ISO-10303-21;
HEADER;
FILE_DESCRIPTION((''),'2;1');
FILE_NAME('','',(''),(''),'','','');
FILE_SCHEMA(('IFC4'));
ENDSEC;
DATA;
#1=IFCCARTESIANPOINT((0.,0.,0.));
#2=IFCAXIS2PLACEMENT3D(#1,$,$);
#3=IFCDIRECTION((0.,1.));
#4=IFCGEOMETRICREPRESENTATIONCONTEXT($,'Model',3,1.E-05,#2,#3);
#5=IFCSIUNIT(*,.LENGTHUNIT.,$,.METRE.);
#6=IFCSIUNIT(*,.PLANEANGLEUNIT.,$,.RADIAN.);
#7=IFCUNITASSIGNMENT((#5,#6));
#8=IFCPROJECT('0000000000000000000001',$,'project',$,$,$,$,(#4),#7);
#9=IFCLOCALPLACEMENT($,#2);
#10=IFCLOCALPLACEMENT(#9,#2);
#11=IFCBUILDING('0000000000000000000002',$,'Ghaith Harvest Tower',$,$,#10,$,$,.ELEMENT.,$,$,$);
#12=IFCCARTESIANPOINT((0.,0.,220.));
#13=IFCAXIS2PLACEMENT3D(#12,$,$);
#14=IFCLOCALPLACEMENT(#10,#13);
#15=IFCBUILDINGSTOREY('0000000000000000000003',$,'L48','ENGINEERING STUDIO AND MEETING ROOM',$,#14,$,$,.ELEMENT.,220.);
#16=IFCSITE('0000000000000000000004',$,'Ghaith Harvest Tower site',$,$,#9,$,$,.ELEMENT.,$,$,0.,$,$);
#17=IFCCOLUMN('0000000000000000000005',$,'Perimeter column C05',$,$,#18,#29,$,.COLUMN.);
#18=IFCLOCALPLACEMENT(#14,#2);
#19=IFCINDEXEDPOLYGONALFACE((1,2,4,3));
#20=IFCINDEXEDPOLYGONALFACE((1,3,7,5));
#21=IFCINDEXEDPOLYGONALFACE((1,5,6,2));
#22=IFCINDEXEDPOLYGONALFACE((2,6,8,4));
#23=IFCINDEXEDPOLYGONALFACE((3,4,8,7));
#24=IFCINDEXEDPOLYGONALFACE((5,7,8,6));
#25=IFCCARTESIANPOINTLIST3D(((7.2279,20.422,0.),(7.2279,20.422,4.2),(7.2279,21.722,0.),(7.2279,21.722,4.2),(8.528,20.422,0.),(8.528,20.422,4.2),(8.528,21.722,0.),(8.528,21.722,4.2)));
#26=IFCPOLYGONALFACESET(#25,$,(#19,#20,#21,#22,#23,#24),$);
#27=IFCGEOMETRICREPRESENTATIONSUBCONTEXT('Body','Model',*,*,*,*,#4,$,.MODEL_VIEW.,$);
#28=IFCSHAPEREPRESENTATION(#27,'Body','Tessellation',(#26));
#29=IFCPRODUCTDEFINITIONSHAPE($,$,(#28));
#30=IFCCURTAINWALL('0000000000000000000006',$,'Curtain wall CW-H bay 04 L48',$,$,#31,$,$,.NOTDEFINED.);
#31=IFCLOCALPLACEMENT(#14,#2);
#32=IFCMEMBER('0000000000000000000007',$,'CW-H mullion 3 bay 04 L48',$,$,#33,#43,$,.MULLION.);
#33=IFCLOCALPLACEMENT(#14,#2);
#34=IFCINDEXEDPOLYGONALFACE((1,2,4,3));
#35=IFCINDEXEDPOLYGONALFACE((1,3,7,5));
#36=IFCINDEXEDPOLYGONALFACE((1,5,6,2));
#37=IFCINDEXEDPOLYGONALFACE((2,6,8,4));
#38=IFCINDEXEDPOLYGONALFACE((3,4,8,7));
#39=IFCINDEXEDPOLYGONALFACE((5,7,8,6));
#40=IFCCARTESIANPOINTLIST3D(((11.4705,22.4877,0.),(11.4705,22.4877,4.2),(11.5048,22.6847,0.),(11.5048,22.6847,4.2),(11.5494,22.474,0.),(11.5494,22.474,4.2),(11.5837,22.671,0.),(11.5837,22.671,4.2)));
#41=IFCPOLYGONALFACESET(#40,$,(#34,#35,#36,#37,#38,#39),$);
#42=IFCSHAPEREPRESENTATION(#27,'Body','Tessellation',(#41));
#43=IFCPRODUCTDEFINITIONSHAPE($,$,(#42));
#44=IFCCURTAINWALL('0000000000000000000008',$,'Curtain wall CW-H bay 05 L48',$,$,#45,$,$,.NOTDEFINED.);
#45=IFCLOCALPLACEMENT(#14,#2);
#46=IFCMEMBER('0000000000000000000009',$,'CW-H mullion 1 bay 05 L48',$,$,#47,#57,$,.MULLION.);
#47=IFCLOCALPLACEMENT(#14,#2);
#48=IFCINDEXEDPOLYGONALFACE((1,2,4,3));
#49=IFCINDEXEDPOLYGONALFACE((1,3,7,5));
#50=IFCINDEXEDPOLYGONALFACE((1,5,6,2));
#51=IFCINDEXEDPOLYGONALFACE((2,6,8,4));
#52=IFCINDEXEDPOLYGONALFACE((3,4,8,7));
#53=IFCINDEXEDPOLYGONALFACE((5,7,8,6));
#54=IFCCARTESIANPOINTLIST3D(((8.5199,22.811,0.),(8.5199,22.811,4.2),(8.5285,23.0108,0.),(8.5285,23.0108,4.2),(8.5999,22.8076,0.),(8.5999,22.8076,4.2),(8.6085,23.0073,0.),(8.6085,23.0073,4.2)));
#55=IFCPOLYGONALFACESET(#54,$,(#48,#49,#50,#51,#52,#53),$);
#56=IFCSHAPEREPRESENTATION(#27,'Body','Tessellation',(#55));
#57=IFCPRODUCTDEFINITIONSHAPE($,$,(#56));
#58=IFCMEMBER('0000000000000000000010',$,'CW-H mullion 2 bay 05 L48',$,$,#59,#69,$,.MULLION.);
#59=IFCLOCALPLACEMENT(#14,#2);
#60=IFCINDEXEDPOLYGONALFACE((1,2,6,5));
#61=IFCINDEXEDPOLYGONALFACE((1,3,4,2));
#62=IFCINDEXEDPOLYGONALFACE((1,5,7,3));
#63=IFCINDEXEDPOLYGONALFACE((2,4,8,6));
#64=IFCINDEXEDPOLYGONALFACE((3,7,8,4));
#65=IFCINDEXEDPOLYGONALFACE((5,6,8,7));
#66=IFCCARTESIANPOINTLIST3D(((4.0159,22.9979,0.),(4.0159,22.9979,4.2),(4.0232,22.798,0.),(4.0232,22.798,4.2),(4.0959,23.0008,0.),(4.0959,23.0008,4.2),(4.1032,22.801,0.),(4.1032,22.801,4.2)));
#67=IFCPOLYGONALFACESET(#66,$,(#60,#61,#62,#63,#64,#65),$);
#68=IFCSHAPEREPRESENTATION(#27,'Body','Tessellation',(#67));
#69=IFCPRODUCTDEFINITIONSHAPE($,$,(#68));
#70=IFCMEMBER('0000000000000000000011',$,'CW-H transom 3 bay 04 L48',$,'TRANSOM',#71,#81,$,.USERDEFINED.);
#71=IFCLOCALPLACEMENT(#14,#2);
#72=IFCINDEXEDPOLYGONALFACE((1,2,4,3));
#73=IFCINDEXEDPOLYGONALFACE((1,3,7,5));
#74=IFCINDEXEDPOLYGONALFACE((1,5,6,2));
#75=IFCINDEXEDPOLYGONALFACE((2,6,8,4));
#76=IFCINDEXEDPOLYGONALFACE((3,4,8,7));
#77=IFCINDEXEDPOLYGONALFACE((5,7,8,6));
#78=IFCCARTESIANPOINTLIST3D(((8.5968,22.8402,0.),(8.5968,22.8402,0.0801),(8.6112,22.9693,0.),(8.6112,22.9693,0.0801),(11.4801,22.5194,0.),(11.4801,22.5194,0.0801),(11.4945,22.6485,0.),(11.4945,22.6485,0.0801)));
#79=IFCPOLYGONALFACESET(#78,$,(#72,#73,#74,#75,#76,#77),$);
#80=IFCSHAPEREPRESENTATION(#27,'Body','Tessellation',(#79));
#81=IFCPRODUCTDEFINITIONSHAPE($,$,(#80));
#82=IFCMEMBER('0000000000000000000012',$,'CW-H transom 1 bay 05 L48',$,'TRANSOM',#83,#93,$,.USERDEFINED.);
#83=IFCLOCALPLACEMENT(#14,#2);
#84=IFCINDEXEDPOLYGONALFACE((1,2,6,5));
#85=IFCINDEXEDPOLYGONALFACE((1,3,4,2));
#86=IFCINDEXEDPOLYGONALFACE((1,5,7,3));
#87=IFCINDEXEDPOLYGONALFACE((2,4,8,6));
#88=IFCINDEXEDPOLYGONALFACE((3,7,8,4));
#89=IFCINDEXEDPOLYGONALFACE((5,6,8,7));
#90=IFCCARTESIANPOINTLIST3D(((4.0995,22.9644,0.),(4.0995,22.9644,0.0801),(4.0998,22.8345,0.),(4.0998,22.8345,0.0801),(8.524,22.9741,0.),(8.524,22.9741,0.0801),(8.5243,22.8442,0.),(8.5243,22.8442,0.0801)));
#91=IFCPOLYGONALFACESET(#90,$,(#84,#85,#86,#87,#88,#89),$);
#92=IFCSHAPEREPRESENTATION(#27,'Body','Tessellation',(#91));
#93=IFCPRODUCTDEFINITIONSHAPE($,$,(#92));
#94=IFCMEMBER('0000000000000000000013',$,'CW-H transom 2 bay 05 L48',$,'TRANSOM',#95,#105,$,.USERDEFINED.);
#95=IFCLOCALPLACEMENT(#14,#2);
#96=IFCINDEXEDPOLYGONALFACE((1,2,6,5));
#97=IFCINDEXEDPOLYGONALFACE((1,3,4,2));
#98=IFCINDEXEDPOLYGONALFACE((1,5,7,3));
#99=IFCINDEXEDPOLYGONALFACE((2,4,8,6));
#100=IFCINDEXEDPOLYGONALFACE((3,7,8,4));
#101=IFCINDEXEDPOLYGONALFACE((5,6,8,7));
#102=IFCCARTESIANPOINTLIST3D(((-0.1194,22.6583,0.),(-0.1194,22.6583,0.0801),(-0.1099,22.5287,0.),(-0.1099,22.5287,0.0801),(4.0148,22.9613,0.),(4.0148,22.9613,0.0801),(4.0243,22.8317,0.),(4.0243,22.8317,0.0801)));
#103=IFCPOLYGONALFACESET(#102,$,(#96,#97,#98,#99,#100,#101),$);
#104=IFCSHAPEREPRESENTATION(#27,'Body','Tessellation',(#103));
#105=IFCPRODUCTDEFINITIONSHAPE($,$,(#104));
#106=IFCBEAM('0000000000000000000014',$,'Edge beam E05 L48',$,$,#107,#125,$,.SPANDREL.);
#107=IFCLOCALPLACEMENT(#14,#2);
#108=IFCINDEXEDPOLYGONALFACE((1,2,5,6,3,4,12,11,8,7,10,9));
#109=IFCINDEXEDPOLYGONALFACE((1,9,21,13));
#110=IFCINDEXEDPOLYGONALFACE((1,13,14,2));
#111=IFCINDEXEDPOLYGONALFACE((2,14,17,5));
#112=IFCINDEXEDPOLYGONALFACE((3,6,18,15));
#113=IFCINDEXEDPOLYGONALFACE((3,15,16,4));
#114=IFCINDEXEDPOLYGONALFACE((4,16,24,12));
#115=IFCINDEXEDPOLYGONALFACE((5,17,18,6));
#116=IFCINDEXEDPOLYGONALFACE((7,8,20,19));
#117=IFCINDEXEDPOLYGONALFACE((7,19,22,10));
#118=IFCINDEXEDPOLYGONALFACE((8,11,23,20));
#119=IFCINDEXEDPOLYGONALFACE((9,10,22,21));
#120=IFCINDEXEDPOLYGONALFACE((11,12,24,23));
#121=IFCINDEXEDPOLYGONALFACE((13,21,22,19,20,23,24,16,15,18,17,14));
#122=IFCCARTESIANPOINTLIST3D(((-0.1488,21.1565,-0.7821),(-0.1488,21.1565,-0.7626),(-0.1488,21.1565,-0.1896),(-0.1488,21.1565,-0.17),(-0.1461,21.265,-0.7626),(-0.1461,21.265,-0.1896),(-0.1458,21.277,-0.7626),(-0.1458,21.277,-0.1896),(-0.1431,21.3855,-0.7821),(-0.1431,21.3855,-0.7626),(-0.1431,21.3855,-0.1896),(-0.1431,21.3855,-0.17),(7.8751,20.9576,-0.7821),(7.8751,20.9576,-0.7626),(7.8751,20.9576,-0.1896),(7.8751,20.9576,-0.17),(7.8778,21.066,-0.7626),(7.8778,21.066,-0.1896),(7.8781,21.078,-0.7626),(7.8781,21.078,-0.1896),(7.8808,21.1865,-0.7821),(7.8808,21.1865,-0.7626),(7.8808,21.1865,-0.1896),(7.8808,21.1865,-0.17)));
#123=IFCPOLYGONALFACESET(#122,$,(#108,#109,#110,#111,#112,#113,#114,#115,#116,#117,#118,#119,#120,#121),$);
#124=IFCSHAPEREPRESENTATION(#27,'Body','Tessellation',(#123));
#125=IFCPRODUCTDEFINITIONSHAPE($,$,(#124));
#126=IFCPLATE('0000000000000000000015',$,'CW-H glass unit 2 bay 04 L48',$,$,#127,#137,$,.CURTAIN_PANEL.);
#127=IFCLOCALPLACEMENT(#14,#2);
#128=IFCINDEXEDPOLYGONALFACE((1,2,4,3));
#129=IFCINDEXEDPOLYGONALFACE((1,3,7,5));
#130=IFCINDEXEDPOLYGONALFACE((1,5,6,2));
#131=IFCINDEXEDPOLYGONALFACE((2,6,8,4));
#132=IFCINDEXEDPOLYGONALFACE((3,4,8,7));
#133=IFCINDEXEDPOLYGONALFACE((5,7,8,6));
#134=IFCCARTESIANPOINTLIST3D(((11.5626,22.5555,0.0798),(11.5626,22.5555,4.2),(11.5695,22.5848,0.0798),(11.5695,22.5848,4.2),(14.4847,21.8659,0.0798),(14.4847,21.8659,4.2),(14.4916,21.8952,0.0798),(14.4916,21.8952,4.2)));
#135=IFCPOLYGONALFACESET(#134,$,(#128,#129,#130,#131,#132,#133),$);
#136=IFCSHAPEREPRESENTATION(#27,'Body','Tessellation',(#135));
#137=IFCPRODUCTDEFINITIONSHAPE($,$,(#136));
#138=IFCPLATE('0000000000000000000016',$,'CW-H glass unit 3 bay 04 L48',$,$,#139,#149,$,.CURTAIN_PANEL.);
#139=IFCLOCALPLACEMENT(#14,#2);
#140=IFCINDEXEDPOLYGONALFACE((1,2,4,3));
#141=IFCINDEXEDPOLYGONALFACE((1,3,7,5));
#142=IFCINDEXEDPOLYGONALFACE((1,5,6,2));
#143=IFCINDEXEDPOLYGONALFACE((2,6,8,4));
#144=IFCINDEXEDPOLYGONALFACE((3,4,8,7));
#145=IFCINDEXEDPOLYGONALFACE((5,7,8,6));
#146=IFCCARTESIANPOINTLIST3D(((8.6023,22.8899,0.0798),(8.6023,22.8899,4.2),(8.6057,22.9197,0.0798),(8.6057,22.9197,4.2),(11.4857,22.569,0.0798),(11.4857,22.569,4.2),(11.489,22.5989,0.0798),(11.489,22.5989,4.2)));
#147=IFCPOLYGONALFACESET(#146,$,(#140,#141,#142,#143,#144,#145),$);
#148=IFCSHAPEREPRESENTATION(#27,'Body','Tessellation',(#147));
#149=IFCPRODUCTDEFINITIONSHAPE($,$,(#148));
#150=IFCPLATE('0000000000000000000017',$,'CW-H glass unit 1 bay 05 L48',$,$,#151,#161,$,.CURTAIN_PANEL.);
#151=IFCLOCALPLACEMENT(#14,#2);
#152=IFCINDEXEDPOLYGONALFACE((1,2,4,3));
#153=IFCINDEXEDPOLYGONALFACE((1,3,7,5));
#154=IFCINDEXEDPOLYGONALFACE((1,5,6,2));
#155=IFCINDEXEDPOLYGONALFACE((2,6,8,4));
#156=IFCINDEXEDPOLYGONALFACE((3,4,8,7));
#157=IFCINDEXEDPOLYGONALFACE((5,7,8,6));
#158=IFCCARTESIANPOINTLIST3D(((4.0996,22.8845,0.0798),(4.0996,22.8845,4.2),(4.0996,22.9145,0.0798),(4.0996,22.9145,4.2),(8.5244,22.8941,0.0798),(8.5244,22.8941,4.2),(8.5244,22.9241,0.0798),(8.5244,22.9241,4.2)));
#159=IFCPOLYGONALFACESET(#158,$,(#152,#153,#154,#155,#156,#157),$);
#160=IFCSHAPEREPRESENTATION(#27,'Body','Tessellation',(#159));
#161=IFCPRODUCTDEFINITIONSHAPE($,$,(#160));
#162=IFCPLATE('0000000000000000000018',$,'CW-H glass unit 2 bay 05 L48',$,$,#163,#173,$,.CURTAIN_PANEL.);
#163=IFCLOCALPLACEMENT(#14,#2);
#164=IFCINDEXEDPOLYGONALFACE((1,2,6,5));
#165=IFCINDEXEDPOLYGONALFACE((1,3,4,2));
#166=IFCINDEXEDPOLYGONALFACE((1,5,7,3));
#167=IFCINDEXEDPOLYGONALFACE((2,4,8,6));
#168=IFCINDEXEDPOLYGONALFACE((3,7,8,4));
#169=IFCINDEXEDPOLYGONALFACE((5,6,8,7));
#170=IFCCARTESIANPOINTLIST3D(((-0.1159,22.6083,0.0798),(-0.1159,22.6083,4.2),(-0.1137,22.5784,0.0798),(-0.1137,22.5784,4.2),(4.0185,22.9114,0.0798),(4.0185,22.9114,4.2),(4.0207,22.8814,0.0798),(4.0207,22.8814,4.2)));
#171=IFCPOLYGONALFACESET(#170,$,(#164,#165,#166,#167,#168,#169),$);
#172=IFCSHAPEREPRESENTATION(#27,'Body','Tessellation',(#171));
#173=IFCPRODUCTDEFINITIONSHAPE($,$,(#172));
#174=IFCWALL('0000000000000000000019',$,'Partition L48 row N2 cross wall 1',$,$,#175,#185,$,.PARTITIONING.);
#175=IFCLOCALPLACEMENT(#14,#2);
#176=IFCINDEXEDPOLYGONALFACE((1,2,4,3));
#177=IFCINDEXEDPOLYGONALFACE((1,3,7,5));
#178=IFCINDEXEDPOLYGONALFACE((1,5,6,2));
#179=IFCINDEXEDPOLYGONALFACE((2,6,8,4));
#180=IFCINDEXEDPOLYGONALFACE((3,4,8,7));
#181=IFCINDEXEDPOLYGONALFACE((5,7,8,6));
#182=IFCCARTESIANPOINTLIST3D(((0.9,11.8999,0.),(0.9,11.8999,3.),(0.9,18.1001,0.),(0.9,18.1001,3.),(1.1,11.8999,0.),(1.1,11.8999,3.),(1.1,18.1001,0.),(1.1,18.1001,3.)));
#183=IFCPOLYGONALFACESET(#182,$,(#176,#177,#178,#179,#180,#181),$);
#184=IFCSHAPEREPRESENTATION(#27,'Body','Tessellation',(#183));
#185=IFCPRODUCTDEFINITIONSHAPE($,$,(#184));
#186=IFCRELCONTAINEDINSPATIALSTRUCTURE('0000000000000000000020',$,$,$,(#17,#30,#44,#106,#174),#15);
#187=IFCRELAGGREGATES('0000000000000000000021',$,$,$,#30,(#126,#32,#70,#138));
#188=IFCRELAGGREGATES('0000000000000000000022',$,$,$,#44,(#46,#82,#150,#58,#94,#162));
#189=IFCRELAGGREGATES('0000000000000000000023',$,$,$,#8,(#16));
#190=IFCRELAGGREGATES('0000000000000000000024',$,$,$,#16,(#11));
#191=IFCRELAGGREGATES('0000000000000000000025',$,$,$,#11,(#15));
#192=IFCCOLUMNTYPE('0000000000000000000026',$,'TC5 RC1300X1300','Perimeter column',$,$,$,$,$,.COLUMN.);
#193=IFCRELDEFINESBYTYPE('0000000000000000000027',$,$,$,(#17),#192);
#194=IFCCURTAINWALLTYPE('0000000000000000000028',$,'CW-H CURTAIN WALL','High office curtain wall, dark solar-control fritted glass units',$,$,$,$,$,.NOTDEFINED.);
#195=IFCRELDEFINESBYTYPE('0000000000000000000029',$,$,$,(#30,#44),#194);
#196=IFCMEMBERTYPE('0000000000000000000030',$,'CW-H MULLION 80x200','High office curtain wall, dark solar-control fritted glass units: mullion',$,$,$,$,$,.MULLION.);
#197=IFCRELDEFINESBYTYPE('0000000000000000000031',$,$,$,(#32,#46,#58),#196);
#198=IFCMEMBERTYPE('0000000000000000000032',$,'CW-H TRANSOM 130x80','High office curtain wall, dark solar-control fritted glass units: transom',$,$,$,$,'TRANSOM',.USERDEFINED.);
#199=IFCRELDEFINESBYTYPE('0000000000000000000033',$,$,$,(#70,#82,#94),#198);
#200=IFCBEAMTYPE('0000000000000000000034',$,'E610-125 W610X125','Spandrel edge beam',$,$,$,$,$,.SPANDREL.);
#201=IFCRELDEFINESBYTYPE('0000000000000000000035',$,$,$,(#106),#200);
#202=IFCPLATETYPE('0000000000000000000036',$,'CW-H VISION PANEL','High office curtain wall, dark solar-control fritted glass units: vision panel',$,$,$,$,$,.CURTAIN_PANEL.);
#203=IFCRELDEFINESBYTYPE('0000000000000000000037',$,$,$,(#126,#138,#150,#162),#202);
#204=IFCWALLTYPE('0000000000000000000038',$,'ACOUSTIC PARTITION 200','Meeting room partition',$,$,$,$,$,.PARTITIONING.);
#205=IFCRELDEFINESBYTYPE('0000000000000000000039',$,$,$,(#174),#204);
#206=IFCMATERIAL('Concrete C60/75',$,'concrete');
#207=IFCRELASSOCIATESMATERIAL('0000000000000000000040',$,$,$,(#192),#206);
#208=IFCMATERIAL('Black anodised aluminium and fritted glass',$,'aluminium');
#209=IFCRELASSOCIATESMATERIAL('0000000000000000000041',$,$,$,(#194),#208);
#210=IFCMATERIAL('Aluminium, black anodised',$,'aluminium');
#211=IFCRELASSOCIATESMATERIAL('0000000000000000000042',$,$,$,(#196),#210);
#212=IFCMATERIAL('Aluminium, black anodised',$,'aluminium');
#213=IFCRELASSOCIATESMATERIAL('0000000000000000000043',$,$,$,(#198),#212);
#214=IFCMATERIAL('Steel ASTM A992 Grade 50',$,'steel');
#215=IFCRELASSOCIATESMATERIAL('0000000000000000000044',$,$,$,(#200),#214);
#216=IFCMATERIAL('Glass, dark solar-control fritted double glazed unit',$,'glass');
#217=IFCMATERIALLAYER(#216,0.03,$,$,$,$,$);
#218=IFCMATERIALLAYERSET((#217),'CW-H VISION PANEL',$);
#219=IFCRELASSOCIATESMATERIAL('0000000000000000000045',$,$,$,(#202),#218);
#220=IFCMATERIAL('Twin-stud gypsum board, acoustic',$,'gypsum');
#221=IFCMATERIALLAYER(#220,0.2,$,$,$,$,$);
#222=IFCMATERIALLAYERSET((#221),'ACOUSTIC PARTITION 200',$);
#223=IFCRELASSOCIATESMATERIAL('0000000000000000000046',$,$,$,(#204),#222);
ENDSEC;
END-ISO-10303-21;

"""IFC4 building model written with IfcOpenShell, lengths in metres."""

from ifc_helpers import new_model, si_unit, direction, frame, frame_2d, origin, origin_2d, place, context, subcontext, project, spatial, rectangle, i_section, extrude, material, layer, layer_set, material_profile, profile_set, type_object, element, aggregate, save


model = new_model("IFC4")

# Units and contexts
model_context = context("Model", 3, precision=1e-05, world=origin(), true_north=direction((0.0, 1.0)))
body_context = subcontext(model_context, "Body", "Model", "MODEL_VIEW")
ifc_project = project(units=[si_unit("LENGTHUNIT", "METRE"), si_unit("PLANEANGLEUNIT", "RADIAN")], contexts=[model_context])

# Site, building, storey
site_placement = place(None, origin())
site = spatial("IfcSite", under=ifc_project, at=site_placement, Name="Ghaith Harvest Tower site", CompositionType="ELEMENT", RefElevation=0.0)
building_placement = place(site_placement, origin())
building = spatial("IfcBuilding", under=site, at=building_placement, Name="Ghaith Harvest Tower", CompositionType="ELEMENT")
storey_placement = place(building_placement, frame((0.0, 0.0, 220.0)))
storey = spatial("IfcBuildingStorey", under=building, at=storey_placement, Name="L48", Description="ENGINEERING STUDIO AND MEETING ROOM", CompositionType="ELEMENT", Elevation=220.0)

# Column
ifc_material_1 = material(Name="Concrete C60/75", Category="concrete")
ifc_material_profile_1 = material_profile(ifc_material_1, rectangle(XDim=1.3, YDim=1.3, at=origin_2d()), Name="RC1300X1300")
ifc_profile_set_1 = profile_set([ifc_material_profile_1], Name="Concrete C60/75")
column_type = type_object("IfcColumnType", Name="TC5 RC1300X1300", Description="Perimeter column", PredefinedType="COLUMN", material=ifc_profile_set_1)
column_placement = place(storey_placement, frame((7.8779, 21.072, 0.0), z_axis=(0.0, 0.0, 1.0), x_axis=(1.0, 0.0, 0.0)))
element("IfcColumn", 1, at=column_placement, inside=storey, type_object=column_type, Name="Perimeter column C05", PredefinedType="COLUMN", context=body_context, shape_type="SweptSolid", body=[
    extrude(rectangle(XDim=1.3, YDim=1.3, at=origin_2d()), origin(), (0.0, 0.0, 1.0), 4.2),
])

# Curtain wall, member
ifc_material_2 = material(Name="Black anodised aluminium and fritted glass", Category="aluminium")
curtain_wall_type = type_object("IfcCurtainWallType", Name="CW-H CURTAIN WALL", Description="High office curtain wall, dark solar-control fritted glass units", PredefinedType="NOTDEFINED", material=ifc_material_2)
curtain_wall_1_placement = place(storey_placement, origin())
curtain_wall_1 = element("IfcCurtainWall", 2, at=curtain_wall_1_placement, inside=storey, type_object=curtain_wall_type, Name="Curtain wall CW-H bay 04 L48", PredefinedType="NOTDEFINED")
ifc_material_3 = material(Name="Aluminium, black anodised", Category="aluminium")
ifc_material_profile_2 = material_profile(ifc_material_3, rectangle(XDim=0.0801, YDim=0.2, at=origin_2d()), Name="CW-H MULLION 80x200")
ifc_profile_set_2 = profile_set([ifc_material_profile_2], Name="Aluminium, black anodised")
member_type_1 = type_object("IfcMemberType", Name="CW-H MULLION 80x200", Description="High office curtain wall, dark solar-control fritted glass units: mullion", PredefinedType="MULLION", material=ifc_profile_set_2)
member_1_placement = place(storey_placement, frame((11.5271, 22.5793, 0.0), z_axis=(0.0, 0.0, 1.0), x_axis=(-0.985193, 0.171447, 0.0)))
member_1 = element("IfcMember", 3, at=member_1_placement, type_object=member_type_1, Name="CW-H mullion 3 bay 04 L48", PredefinedType="MULLION", context=body_context, shape_type="SweptSolid", body=[
    extrude(rectangle(XDim=0.0801, YDim=0.2, at=origin_2d()), origin(), (0.0, 0.0, 1.0), 4.2),
])

# Curtain wall, members
curtain_wall_2_placement = place(storey_placement, origin())
curtain_wall_2 = element("IfcCurtainWall", 4, at=curtain_wall_2_placement, inside=storey, type_object=curtain_wall_type, Name="Curtain wall CW-H bay 05 L48", PredefinedType="NOTDEFINED")
member_2_placement = place(storey_placement, frame((8.5642, 22.9092, 0.0), z_axis=(0.0, 0.0, 1.0), x_axis=(-0.999084, 0.042803, 0.0)))
member_2 = element("IfcMember", 5, at=member_2_placement, type_object=member_type_1, Name="CW-H mullion 1 bay 05 L48", PredefinedType="MULLION", context=body_context, shape_type="SweptSolid", body=[
    extrude(rectangle(XDim=0.0801, YDim=0.2, at=origin_2d()), origin(), (0.0, 0.0, 1.0), 4.2),
])
member_3_placement = place(storey_placement, frame((4.0596, 22.8994, 0.0), z_axis=(0.0, 0.0, 1.0), x_axis=(-0.999333, -0.036524, 0.0)))
member_3 = element("IfcMember", 6, at=member_3_placement, type_object=member_type_1, Name="CW-H mullion 2 bay 05 L48", PredefinedType="MULLION", context=body_context, shape_type="SweptSolid", body=[
    extrude(rectangle(XDim=0.0801, YDim=0.2, at=origin_2d()), origin(), (0.0, 0.0, 1.0), 4.2),
])

# Members
ifc_material_4 = material(Name="Aluminium, black anodised", Category="aluminium")
ifc_material_profile_3 = material_profile(ifc_material_4, rectangle(XDim=0.1299, YDim=0.0801, at=origin_2d()), Name="CW-H TRANSOM 130x80")
ifc_profile_set_3 = profile_set([ifc_material_profile_3], Name="Aluminium, black anodised")
member_type_2 = type_object("IfcMemberType", Name="CW-H TRANSOM 130x80", Description="High office curtain wall, dark solar-control fritted glass units: transom", ElementType="TRANSOM", PredefinedType="USERDEFINED", material=ifc_profile_set_3)
member_4_placement = place(storey_placement, frame((11.4873, 22.584, 0.04), z_axis=(-0.993867, 0.110579, 0.0), x_axis=(-0.110579, -0.993867, 0.0)))
member_4 = element("IfcMember", 7, at=member_4_placement, type_object=member_type_2, Name="CW-H transom 3 bay 04 L48", ObjectType="TRANSOM", PredefinedType="USERDEFINED", context=body_context, shape_type="SweptSolid", body=[
    extrude(rectangle(XDim=0.1299, YDim=0.0801, at=origin_2d()), origin(), (0.0, 0.0, 1.0), 2.9011),
])
member_5_placement = place(storey_placement, frame((8.5242, 22.9092, 0.04), z_axis=(-0.999998, -0.002207, 0.0), x_axis=(0.002207, -0.999998, 0.0)))
member_5 = element("IfcMember", 8, at=member_5_placement, type_object=member_type_2, Name="CW-H transom 1 bay 05 L48", ObjectType="TRANSOM", PredefinedType="USERDEFINED", context=body_context, shape_type="SweptSolid", body=[
    extrude(rectangle(XDim=0.1299, YDim=0.0801, at=origin_2d()), origin(), (0.0, 0.0, 1.0), 4.4246),
])
member_6_placement = place(storey_placement, frame((4.0195, 22.8965, 0.04), z_axis=(-0.997325, -0.073089, 0.0), x_axis=(0.073089, -0.997325, 0.0)))
member_6 = element("IfcMember", 9, at=member_6_placement, type_object=member_type_2, Name="CW-H transom 2 bay 05 L48", ObjectType="TRANSOM", PredefinedType="USERDEFINED", context=body_context, shape_type="SweptSolid", body=[
    extrude(rectangle(XDim=0.1299, YDim=0.0801, at=origin_2d()), origin(), (0.0, 0.0, 1.0), 4.1453),
])

# Beam
ifc_material_5 = material(Name="Steel ASTM A992 Grade 50", Category="steel")
ifc_material_profile_4 = material_profile(ifc_material_5, i_section(OverallWidth=0.229, OverallDepth=0.6121, WebThickness=0.012, FlangeThickness=0.0195, at=origin_2d()), Name="W610X125")
ifc_profile_set_4 = profile_set([ifc_material_profile_4], Name="Steel ASTM A992 Grade 50")
beam_type = type_object("IfcBeamType", Name="E610-125 W610X125", Description="Spandrel edge beam", PredefinedType="SPANDREL", material=ifc_profile_set_4)
beam_placement = place(storey_placement, frame((7.8779, 21.072, -0.4761), z_axis=(-0.999693, 0.02479, 0.0), x_axis=(-0.02479, -0.999693, 0.0)))
element("IfcBeam", 10, at=beam_placement, inside=storey, type_object=beam_type, Name="Edge beam E05 L48", PredefinedType="SPANDREL", context=body_context, shape_type="SweptSolid", body=[
    extrude(i_section(OverallWidth=0.229, OverallDepth=0.6121, WebThickness=0.012, FlangeThickness=0.0195, at=origin_2d()), origin(), (0.0, 0.0, 1.0), 8.0264),
])

# Plates
ifc_material_6 = material(Name="Glass, dark solar-control fritted double glazed unit", Category="glass")
ifc_layer_1 = layer(ifc_material_6, 0.03)
ifc_layer_set_1 = layer_set([ifc_layer_1], Name="CW-H VISION PANEL")
plate_type = type_object("IfcPlateType", Name="CW-H VISION PANEL", Description="High office curtain wall, dark solar-control fritted glass units: vision panel", PredefinedType="CURTAIN_PANEL", material=ifc_layer_set_1)
plate_1_placement = place(storey_placement, frame((13.0271, 22.2253, 0.0798), z_axis=(0.0, 0.0, 1.0), x_axis=(-0.973266, 0.22968, 0.0)))
plate_1 = element("IfcPlate", 11, at=plate_1_placement, type_object=plate_type, Name="CW-H glass unit 2 bay 04 L48", PredefinedType="CURTAIN_PANEL", context=body_context, shape_type="SweptSolid", body=[
    extrude(rectangle(XDim=3.0024, YDim=0.03, at=origin_2d()), origin(), (0.0, 0.0, 1.0), 4.1201),
])
plate_2_placement = place(storey_placement, frame((10.0457, 22.7444, 0.0798), z_axis=(0.0, 0.0, 1.0), x_axis=(-0.993865, 0.110598, 0.0)))
plate_2 = element("IfcPlate", 12, at=plate_2_placement, type_object=plate_type, Name="CW-H glass unit 3 bay 04 L48", PredefinedType="CURTAIN_PANEL", context=body_context, shape_type="SweptSolid", body=[
    extrude(rectangle(XDim=2.9011, YDim=0.03, at=origin_2d()), origin(), (0.0, 0.0, 1.0), 4.1201),
])
aggregate(curtain_wall_1, [plate_1, member_1, member_4, plate_2])
plate_3_placement = place(storey_placement, frame((6.312, 22.9043, 0.0798), z_axis=(0.0, 0.0, 1.0), x_axis=(-0.999998, -0.002171, 0.0)))
plate_3 = element("IfcPlate", 13, at=plate_3_placement, type_object=plate_type, Name="CW-H glass unit 1 bay 05 L48", PredefinedType="CURTAIN_PANEL", context=body_context, shape_type="SweptSolid", body=[
    extrude(rectangle(XDim=4.4248, YDim=0.03, at=origin_2d()), origin(), (0.0, 0.0, 1.0), 4.1201),
])
plate_4_placement = place(storey_placement, frame((1.9524, 22.7449, 0.0798), z_axis=(0.0, 0.0, 1.0), x_axis=(-0.997325, -0.073101, 0.0)))
plate_4 = element("IfcPlate", 14, at=plate_4_placement, type_object=plate_type, Name="CW-H glass unit 2 bay 05 L48", PredefinedType="CURTAIN_PANEL", context=body_context, shape_type="SweptSolid", body=[
    extrude(rectangle(XDim=4.1455, YDim=0.03, at=origin_2d()), origin(), (0.0, 0.0, 1.0), 4.1201),
])
aggregate(curtain_wall_2, [member_2, member_5, plate_3, member_3, member_6, plate_4])

# Wall
ifc_material_7 = material(Name="Twin-stud gypsum board, acoustic", Category="gypsum")
ifc_layer_2 = layer(ifc_material_7, 0.2)
ifc_layer_set_2 = layer_set([ifc_layer_2], Name="ACOUSTIC PARTITION 200")
wall_type = type_object("IfcWallType", Name="ACOUSTIC PARTITION 200", Description="Meeting room partition", PredefinedType="PARTITIONING", material=ifc_layer_set_2)
for number, where, z_axis, x_axis, name in (
    (15, (1.0, 11.8999, 0.0), (0.0, 0.0, 1.0), (0.0, 1.0, 0.0), "Partition L48 row N2 cross wall 1"),
):
    element("IfcWall", number, at=place(storey_placement, frame(where, z_axis=z_axis, x_axis=x_axis)), inside=storey, type_object=wall_type, Name=name, PredefinedType="PARTITIONING", context=body_context, shape_type="SweptSolid", body=[
        extrude(rectangle(XDim=6.2002, YDim=0.2, at=frame_2d((3.1001, 0.0))), origin(), (0.0, 0.0, 1.0), 3.0),
    ])

save(model, "model.ifc")
